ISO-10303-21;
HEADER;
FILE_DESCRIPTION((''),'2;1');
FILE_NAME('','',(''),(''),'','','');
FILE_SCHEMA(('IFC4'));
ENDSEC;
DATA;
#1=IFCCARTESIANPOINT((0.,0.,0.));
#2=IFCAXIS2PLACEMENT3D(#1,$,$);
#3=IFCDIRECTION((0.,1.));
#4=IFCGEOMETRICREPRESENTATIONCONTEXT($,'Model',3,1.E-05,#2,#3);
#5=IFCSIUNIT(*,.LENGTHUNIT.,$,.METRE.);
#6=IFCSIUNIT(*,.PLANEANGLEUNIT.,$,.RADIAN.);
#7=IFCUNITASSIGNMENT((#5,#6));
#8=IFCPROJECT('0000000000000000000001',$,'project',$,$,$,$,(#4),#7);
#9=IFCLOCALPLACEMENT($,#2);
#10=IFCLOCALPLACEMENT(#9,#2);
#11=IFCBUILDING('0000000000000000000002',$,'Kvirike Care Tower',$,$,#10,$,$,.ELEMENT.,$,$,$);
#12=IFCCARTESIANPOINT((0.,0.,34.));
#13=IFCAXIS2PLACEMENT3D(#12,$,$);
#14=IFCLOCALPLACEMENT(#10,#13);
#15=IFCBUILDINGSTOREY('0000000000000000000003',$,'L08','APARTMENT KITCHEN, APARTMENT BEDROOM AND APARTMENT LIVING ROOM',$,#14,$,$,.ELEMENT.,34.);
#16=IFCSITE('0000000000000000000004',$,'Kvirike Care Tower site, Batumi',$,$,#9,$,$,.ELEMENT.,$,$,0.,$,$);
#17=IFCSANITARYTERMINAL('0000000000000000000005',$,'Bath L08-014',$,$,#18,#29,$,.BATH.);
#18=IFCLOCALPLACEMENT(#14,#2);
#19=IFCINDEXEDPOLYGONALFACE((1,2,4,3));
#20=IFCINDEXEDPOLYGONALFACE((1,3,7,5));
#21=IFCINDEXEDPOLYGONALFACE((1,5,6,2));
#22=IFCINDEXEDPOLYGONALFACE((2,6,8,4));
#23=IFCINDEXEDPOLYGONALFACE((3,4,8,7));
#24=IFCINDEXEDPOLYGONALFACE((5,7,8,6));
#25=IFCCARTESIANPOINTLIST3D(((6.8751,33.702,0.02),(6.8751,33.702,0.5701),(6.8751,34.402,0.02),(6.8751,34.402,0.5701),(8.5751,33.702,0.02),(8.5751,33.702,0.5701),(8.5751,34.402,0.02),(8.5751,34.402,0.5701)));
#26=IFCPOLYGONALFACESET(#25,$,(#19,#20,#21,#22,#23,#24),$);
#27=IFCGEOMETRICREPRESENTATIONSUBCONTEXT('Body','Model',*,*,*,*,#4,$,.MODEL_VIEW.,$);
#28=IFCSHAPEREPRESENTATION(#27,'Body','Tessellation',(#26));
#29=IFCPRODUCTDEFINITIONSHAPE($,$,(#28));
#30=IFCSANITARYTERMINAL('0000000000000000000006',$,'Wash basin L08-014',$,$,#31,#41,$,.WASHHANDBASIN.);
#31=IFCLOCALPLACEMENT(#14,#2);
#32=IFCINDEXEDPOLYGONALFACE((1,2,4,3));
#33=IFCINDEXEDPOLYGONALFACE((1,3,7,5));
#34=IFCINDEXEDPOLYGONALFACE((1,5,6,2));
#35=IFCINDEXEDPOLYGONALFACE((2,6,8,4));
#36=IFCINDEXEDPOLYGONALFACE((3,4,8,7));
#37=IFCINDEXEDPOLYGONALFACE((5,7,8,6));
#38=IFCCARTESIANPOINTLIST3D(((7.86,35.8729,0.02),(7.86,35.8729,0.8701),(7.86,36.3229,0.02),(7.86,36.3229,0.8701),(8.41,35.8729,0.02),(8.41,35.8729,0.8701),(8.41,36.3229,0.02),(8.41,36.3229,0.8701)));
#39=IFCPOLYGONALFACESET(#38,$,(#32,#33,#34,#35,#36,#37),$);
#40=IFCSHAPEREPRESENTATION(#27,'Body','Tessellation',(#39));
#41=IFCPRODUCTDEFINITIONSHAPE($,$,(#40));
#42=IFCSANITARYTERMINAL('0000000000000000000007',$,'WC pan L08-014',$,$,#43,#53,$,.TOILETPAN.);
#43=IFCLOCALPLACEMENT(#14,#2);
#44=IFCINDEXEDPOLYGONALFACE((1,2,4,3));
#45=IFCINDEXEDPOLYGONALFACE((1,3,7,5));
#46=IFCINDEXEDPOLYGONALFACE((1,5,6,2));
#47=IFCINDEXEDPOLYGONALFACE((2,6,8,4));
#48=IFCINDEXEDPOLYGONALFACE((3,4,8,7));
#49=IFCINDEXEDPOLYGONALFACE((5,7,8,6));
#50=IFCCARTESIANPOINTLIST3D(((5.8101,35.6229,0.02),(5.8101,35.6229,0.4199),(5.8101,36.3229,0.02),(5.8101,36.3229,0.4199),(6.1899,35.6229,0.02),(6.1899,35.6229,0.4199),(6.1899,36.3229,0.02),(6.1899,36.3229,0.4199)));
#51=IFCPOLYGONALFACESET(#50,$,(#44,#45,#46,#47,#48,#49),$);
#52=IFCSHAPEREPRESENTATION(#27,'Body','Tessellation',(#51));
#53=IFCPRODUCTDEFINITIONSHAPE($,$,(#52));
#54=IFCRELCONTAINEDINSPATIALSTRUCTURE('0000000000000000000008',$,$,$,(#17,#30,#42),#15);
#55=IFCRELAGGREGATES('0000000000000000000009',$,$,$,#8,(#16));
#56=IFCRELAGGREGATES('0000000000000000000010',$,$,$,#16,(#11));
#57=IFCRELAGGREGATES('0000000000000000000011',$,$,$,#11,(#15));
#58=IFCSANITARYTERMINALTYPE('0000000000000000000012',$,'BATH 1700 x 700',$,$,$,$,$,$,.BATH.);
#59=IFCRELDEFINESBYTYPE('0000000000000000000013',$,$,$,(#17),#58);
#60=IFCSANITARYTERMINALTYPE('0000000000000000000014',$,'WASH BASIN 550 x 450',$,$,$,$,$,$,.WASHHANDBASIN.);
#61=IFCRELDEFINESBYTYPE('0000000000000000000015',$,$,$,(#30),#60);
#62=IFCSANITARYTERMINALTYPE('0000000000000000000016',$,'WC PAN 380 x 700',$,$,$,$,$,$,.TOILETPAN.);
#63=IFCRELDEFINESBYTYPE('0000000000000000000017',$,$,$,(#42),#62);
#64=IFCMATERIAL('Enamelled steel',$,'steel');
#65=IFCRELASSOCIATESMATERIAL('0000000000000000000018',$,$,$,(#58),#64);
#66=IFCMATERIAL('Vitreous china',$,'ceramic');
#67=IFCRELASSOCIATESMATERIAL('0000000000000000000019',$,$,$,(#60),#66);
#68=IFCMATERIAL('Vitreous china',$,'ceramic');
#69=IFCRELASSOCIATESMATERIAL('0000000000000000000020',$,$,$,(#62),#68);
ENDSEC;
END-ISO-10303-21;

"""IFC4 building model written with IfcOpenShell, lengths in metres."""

from ifc_helpers import new_model, si_unit, direction, frame, origin, origin_2d, place, context, subcontext, project, spatial, rectangle, extrude, material, type_object, element, save


model = new_model("IFC4")

# Units and contexts
model_context = context("Model", 3, precision=1e-05, world=origin(), true_north=direction((0.0, 1.0)))
body_context = subcontext(model_context, "Body", "Model", "MODEL_VIEW")
ifc_project = project(units=[si_unit("LENGTHUNIT", "METRE"), si_unit("PLANEANGLEUNIT", "RADIAN")], contexts=[model_context])

# Site, building, storey
site_placement = place(None, origin())
site = spatial("IfcSite", under=ifc_project, at=site_placement, Name="Kvirike Care Tower site, Batumi", CompositionType="ELEMENT", RefElevation=0.0)
building_placement = place(site_placement, origin())
building = spatial("IfcBuilding", under=site, at=building_placement, Name="Kvirike Care Tower", CompositionType="ELEMENT")
storey_placement = place(building_placement, frame((0.0, 0.0, 34.0)))
storey = spatial("IfcBuildingStorey", under=building, at=storey_placement, Name="L08", Description="APARTMENT KITCHEN, APARTMENT BEDROOM AND APARTMENT LIVING ROOM", CompositionType="ELEMENT", Elevation=34.0)

# Sanitary terminals
ifc_material_1 = material(Name="Enamelled steel", Category="steel")
sanitary_terminal_type_1 = type_object("IfcSanitaryTerminalType", Name="BATH 1700 x 700", PredefinedType="BATH", material=ifc_material_1)
sanitary_terminal_1_placement = place(storey_placement, frame((7.7251, 34.052, 0.02), z_axis=(0.0, 0.0, 1.0), x_axis=(-1.0, 0.0, 0.0)))
element("IfcSanitaryTerminal", 1, at=sanitary_terminal_1_placement, inside=storey, type_object=sanitary_terminal_type_1, Name="Bath L08-014", PredefinedType="BATH", context=body_context, shape_type="SweptSolid", body=[
    extrude(rectangle(XDim=1.7, YDim=0.7, at=origin_2d()), origin(), (0.0, 0.0, 1.0), 0.55),
])
ifc_material_2 = material(Name="Vitreous china", Category="ceramic")
sanitary_terminal_type_2 = type_object("IfcSanitaryTerminalType", Name="WASH BASIN 550 x 450", PredefinedType="WASHHANDBASIN", material=ifc_material_2)
sanitary_terminal_2_placement = place(storey_placement, frame((8.135, 36.0979, 0.02), z_axis=(0.0, 0.0, 1.0), x_axis=(1.0, 0.0, 0.0)))
element("IfcSanitaryTerminal", 2, at=sanitary_terminal_2_placement, inside=storey, type_object=sanitary_terminal_type_2, Name="Wash basin L08-014", PredefinedType="WASHHANDBASIN", context=body_context, shape_type="SweptSolid", body=[
    extrude(rectangle(XDim=0.55, YDim=0.45, at=origin_2d()), origin(), (0.0, 0.0, 1.0), 0.8501),
])
ifc_material_3 = material(Name="Vitreous china", Category="ceramic")
sanitary_terminal_type_3 = type_object("IfcSanitaryTerminalType", Name="WC PAN 380 x 700", PredefinedType="TOILETPAN", material=ifc_material_3)
sanitary_terminal_3_placement = place(storey_placement, frame((6.0, 35.9729, 0.02), z_axis=(0.0, 0.0, 1.0), x_axis=(1.0, 0.0, 0.0)))
element("IfcSanitaryTerminal", 3, at=sanitary_terminal_3_placement, inside=storey, type_object=sanitary_terminal_type_3, Name="WC pan L08-014", PredefinedType="TOILETPAN", context=body_context, shape_type="SweptSolid", body=[
    extrude(rectangle(XDim=0.3799, YDim=0.7, at=origin_2d()), origin(), (0.0, 0.0, 1.0), 0.3999),
])

save(model, "model.ifc")
